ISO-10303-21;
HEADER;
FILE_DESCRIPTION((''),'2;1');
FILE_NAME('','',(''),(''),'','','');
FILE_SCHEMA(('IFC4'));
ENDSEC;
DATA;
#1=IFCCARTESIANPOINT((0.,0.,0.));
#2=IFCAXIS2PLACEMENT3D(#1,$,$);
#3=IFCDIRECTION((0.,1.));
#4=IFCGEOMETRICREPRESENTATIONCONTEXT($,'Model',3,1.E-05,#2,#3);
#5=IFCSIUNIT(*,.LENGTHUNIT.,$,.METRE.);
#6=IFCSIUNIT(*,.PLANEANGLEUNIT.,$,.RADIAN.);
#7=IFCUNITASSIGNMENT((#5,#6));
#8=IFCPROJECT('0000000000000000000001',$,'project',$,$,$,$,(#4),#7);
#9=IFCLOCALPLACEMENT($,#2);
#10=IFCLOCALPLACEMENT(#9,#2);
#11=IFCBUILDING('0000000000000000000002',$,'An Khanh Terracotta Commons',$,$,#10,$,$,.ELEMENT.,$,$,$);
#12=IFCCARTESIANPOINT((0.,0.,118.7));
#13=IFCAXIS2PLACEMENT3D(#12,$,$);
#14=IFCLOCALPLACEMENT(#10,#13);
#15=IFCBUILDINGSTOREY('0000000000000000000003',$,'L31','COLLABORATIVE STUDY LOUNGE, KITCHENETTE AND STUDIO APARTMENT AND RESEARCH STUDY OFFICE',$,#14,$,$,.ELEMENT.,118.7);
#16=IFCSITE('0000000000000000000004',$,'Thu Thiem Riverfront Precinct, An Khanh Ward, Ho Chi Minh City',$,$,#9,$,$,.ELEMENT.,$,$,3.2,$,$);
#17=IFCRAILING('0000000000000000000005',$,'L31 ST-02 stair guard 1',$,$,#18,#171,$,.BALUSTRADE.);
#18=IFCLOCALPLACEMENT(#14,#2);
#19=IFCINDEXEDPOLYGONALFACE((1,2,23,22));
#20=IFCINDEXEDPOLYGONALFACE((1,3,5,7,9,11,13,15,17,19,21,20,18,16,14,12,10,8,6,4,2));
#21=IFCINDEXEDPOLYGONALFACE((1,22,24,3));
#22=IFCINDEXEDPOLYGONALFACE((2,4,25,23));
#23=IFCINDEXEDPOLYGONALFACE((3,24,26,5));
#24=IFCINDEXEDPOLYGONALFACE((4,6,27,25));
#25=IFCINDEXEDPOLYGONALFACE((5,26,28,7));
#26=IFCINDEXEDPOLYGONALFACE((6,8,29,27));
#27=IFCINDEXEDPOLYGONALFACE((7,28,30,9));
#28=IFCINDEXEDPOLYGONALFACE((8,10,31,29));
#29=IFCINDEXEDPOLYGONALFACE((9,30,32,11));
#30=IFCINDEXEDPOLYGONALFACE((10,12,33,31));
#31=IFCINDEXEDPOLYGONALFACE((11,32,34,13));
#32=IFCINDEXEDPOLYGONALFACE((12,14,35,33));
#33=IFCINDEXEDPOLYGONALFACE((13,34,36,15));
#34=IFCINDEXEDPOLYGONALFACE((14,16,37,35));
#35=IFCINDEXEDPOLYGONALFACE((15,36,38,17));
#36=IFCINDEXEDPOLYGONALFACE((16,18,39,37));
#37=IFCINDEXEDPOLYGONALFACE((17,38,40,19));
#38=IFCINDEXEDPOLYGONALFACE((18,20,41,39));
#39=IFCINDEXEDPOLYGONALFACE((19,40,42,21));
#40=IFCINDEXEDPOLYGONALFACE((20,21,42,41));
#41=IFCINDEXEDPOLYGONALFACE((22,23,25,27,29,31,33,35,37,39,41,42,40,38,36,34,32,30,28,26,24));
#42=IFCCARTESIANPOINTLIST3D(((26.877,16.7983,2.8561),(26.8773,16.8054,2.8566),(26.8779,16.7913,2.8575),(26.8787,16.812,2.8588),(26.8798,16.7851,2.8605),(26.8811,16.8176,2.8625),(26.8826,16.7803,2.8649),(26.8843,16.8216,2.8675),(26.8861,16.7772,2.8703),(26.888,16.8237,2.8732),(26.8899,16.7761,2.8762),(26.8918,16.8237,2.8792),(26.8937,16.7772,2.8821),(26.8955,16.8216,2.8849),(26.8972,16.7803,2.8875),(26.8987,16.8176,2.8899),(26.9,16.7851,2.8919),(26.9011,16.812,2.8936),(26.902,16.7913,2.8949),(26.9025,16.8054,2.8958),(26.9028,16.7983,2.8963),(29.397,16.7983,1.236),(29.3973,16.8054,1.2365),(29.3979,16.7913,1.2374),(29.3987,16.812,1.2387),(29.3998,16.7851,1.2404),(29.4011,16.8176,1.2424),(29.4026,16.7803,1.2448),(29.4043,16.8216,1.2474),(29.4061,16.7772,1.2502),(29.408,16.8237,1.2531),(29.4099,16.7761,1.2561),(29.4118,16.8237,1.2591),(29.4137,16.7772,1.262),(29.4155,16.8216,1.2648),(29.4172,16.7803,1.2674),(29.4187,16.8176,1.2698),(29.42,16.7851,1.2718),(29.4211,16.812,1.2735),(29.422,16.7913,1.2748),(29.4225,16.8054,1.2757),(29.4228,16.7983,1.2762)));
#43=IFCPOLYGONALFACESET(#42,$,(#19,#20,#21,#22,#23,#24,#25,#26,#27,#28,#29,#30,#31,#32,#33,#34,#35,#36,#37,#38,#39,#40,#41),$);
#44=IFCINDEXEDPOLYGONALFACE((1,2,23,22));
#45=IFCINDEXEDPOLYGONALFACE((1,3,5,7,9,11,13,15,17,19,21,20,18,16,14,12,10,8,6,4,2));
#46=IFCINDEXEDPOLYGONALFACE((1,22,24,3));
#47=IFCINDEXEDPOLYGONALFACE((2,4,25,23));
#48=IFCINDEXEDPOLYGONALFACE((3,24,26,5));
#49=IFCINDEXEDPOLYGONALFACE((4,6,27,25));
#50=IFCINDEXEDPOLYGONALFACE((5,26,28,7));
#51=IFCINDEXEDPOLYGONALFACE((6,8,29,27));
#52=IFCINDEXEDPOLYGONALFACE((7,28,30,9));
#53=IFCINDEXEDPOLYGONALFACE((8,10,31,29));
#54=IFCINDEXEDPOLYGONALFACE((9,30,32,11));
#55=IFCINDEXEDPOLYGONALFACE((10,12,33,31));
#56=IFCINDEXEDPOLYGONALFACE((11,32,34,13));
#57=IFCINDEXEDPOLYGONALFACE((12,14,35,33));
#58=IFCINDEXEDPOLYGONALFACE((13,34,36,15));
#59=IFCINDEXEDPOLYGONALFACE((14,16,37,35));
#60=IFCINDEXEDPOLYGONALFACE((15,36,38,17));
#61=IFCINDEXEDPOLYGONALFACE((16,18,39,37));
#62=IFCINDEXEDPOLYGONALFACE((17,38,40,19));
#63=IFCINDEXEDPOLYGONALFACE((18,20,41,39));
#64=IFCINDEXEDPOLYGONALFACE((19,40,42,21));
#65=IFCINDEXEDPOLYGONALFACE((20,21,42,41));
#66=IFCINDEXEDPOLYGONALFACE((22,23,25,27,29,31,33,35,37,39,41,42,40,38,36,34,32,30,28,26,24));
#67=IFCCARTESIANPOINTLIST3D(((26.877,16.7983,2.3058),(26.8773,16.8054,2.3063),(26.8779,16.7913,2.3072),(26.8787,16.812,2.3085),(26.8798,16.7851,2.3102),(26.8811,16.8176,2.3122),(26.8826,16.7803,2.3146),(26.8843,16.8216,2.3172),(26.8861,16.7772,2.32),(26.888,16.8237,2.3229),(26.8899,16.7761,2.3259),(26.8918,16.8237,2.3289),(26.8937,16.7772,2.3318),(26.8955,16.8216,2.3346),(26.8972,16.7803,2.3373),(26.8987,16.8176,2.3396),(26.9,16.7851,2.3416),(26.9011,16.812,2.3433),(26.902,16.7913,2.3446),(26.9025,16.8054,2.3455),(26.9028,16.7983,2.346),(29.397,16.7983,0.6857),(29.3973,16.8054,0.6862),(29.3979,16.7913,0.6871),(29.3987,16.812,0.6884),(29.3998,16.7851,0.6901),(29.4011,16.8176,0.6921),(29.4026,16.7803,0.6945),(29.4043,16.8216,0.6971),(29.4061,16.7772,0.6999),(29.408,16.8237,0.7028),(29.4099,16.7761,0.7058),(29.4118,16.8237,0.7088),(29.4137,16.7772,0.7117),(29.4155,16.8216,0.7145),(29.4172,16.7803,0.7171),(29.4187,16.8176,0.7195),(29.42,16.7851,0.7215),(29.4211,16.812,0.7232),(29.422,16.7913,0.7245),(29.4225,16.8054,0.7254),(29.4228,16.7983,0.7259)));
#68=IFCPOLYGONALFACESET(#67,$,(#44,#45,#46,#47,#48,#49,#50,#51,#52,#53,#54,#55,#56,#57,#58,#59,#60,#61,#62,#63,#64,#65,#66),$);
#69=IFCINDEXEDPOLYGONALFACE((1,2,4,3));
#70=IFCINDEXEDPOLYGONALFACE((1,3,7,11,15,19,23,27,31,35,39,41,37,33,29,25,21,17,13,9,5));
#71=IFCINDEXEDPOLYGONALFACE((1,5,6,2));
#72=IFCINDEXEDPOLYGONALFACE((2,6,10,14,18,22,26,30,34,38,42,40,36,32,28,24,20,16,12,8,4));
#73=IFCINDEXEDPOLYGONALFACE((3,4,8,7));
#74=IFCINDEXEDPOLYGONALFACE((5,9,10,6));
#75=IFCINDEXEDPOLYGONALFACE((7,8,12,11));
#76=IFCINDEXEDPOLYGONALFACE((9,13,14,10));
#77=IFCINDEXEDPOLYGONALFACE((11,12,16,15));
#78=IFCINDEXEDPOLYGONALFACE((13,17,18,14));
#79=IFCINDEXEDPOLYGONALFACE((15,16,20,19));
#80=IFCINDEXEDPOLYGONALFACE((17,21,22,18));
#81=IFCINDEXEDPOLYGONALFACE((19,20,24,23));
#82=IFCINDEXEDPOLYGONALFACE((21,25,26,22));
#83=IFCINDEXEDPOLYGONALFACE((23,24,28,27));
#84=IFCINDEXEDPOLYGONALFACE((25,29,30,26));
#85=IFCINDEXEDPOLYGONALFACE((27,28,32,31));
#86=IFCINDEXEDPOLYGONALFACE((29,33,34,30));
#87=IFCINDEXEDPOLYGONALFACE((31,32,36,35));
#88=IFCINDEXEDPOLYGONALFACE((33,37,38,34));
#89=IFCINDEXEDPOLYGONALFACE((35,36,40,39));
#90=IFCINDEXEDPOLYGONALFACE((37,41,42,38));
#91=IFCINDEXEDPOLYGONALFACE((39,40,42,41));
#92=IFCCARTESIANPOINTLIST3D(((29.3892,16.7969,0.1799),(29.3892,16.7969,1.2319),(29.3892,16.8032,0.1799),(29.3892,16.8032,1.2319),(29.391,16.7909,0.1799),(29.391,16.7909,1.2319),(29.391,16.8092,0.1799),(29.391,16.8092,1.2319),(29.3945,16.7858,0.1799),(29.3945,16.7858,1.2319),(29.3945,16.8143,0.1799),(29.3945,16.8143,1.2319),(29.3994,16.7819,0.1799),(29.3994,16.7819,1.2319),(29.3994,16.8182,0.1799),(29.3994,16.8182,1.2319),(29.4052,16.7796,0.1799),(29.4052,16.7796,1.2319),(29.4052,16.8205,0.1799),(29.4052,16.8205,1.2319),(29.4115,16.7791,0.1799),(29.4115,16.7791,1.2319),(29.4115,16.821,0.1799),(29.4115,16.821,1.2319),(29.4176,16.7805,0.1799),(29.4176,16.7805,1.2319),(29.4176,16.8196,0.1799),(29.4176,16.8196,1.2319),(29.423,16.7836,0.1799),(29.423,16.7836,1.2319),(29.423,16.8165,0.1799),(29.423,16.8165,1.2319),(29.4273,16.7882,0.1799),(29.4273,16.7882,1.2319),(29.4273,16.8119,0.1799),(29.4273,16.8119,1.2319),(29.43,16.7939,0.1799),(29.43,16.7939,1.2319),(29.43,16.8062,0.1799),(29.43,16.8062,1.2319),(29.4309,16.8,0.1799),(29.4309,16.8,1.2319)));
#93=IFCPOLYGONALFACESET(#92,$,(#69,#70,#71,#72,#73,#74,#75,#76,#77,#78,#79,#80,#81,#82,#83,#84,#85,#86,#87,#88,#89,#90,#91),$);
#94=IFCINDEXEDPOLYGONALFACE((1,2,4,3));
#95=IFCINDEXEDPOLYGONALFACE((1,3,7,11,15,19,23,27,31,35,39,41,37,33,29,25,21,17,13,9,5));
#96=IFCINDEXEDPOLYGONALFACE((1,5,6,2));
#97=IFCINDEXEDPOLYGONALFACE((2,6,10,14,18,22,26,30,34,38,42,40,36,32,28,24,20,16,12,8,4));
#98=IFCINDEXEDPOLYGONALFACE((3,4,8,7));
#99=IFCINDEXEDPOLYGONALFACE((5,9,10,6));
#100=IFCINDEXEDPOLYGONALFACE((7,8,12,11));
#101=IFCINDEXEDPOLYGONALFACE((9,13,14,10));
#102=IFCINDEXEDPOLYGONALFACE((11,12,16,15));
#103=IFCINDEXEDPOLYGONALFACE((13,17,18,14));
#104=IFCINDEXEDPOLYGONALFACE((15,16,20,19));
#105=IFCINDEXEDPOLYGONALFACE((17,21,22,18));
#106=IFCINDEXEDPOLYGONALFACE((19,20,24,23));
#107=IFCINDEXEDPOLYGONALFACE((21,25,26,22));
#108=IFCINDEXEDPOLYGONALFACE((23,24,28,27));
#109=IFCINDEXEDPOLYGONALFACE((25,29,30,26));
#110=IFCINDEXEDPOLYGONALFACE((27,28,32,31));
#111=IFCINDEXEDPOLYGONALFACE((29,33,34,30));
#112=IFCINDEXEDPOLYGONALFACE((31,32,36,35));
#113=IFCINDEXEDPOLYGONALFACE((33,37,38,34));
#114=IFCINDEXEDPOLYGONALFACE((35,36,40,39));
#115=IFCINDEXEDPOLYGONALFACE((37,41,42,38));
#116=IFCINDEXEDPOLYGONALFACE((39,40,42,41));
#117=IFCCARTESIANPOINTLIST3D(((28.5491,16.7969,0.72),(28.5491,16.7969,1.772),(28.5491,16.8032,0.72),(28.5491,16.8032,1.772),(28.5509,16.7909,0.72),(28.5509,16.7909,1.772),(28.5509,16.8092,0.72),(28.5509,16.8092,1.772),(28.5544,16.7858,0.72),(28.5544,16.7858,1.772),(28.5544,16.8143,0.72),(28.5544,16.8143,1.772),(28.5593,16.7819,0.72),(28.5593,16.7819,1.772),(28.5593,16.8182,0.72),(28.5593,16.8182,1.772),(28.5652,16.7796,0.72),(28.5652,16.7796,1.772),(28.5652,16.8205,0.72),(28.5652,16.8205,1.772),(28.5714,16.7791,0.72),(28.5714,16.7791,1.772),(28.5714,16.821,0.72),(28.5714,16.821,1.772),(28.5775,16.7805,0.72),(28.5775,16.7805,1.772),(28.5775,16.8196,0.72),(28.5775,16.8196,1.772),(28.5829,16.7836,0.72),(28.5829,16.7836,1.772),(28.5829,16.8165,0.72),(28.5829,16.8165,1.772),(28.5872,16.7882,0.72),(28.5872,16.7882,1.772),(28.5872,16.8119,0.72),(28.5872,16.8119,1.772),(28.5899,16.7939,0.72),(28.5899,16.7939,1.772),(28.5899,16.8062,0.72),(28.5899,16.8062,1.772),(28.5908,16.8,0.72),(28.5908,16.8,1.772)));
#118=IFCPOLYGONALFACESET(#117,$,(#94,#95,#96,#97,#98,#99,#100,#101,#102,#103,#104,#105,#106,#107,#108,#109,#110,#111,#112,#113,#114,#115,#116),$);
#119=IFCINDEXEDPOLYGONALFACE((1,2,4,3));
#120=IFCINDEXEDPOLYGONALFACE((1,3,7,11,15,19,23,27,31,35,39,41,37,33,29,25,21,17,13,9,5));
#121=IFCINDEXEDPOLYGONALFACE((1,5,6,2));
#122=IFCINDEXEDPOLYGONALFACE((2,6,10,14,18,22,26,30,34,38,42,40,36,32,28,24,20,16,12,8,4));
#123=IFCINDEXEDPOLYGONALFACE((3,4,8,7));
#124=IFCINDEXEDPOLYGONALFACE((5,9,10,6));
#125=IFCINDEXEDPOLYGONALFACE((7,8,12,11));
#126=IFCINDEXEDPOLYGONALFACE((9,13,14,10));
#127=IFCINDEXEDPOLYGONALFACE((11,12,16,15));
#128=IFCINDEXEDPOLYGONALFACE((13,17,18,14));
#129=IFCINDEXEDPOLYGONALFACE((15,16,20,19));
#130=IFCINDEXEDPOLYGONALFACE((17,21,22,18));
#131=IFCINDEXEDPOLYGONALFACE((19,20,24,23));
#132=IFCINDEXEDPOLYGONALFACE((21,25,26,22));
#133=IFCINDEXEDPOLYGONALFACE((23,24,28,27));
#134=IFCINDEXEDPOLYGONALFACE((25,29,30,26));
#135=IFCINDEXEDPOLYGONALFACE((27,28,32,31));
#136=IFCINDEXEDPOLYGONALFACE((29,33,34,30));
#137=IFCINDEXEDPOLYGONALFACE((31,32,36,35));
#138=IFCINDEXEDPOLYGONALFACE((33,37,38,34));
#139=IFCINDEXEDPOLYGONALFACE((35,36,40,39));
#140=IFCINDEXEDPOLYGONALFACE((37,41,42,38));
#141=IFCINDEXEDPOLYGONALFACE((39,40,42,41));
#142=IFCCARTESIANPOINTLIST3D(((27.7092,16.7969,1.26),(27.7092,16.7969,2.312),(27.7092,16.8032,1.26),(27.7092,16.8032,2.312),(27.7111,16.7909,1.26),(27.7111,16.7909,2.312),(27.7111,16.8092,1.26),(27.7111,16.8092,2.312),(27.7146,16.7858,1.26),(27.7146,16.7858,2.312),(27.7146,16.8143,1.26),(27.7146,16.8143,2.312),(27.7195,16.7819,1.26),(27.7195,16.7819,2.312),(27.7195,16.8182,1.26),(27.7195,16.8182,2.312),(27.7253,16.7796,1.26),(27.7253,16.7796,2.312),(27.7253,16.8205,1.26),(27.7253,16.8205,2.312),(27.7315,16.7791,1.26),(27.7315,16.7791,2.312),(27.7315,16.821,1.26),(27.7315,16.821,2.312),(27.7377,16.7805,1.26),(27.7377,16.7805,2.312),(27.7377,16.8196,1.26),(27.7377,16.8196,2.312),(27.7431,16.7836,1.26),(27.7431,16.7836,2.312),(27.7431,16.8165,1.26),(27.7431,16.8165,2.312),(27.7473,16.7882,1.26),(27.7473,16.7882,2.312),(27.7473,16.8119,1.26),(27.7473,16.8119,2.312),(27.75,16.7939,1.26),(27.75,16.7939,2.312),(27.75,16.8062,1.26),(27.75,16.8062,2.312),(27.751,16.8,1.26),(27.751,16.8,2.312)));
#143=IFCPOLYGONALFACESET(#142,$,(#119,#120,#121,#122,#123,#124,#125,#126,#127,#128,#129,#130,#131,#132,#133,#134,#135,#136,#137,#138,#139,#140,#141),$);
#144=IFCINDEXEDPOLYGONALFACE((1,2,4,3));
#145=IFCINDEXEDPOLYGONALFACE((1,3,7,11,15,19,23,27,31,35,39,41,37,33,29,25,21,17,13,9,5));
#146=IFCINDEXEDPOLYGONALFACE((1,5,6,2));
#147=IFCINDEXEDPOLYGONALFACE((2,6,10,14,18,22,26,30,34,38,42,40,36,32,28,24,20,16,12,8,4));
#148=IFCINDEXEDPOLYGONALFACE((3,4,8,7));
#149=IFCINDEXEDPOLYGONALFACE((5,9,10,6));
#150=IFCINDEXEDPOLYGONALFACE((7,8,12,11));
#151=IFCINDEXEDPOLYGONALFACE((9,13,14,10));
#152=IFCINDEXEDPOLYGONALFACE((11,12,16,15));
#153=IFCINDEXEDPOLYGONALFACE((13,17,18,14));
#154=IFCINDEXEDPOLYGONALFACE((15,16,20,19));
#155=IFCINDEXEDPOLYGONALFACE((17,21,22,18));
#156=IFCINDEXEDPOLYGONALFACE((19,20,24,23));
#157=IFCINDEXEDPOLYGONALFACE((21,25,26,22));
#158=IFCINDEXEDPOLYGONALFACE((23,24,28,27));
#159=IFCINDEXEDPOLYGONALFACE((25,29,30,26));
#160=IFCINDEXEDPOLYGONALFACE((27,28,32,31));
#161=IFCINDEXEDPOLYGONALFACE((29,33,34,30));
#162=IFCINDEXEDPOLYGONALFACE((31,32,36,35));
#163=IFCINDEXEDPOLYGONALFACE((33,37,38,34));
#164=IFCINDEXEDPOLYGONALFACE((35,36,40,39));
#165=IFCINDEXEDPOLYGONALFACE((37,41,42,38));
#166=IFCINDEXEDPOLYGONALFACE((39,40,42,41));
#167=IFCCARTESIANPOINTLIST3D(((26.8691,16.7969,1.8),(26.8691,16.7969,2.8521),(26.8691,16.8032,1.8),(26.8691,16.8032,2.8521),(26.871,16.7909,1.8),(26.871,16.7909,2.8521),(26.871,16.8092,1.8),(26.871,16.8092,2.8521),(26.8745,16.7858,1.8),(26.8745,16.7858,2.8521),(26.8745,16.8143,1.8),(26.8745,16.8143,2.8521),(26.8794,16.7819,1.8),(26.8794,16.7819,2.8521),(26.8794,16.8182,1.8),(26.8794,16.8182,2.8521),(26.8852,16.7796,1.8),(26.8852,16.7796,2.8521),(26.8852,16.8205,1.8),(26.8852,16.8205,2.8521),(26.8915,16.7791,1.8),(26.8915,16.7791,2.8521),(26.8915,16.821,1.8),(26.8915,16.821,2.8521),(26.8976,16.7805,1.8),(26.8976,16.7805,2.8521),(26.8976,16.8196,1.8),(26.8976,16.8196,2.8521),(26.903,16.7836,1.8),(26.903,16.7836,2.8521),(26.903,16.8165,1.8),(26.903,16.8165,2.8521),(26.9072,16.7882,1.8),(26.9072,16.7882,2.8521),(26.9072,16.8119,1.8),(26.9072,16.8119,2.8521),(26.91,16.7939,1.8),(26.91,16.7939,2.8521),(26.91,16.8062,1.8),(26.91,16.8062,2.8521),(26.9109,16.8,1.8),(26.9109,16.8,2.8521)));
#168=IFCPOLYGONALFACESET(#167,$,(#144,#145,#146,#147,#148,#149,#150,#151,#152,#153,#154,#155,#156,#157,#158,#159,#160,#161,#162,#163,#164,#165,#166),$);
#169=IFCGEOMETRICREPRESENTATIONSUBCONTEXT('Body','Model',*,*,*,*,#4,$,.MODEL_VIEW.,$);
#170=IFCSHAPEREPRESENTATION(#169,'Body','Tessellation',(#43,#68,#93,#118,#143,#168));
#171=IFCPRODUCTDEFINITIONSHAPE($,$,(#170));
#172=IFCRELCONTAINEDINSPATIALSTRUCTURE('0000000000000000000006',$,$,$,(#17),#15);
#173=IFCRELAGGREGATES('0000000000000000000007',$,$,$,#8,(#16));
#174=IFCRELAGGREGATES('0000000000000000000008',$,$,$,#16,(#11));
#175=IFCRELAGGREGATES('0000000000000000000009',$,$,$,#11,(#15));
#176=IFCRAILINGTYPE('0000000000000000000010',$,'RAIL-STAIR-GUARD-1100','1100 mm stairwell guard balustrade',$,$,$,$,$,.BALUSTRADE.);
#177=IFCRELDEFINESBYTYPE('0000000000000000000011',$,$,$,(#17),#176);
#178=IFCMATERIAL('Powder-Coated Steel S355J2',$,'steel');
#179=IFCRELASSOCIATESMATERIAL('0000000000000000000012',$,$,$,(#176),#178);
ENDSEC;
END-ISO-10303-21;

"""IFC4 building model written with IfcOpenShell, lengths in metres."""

from ifc_helpers import new_model, si_unit, direction, frame, origin, origin_2d, place, context, subcontext, project, spatial, circle, extrude, material, type_object, element, save


model = new_model("IFC4")

# Units and contexts
model_context = context("Model", 3, precision=1e-05, world=origin(), true_north=direction((0.0, 1.0)))
body_context = subcontext(model_context, "Body", "Model", "MODEL_VIEW")
ifc_project = project(units=[si_unit("LENGTHUNIT", "METRE"), si_unit("PLANEANGLEUNIT", "RADIAN")], contexts=[model_context])

# Site, building, storey
site_placement = place(None, origin())
site = spatial("IfcSite", under=ifc_project, at=site_placement, Name="Thu Thiem Riverfront Precinct, An Khanh Ward, Ho Chi Minh City", CompositionType="ELEMENT", RefElevation=3.2)
building_placement = place(site_placement, origin())
building = spatial("IfcBuilding", under=site, at=building_placement, Name="An Khanh Terracotta Commons", CompositionType="ELEMENT")
storey_placement = place(building_placement, frame((0.0, 0.0, 118.7)))
storey = spatial("IfcBuildingStorey", under=building, at=storey_placement, Name="L31", Description="COLLABORATIVE STUDY LOUNGE, KITCHENETTE AND STUDIO APARTMENT AND RESEARCH STUDY OFFICE", CompositionType="ELEMENT", Elevation=118.7)

# Railing
ifc_material_1 = material(Name="Powder-Coated Steel S355J2", Category="steel")
railing_type_1 = type_object("IfcRailingType", Name="RAIL-STAIR-GUARD-1100", Description="1100 mm stairwell guard balustrade", PredefinedType="BALUSTRADE", material=ifc_material_1)
railing_1_placement = place(storey_placement, frame((29.4099, 16.8, 0.1799)))
element("IfcRailing", 1, at=railing_1_placement, inside=storey, type_object=railing_type_1, Name="L31 ST-02 stair guard 1", PredefinedType="BALUSTRADE", context=body_context, shape_type="SweptSolid", body=[
    extrude(circle(Radius=0.0239, at=origin_2d()), frame((0.0, 0.0, 1.0762), z_axis=(-0.841163, 0.0, 0.540782), x_axis=(0.0, -1.0, 0.0)), (0.0, 0.0, 1.0), 2.9958),
    extrude(circle(Radius=0.0239, at=origin_2d()), frame((0.0, 0.0, 0.5259), z_axis=(-0.841163, 0.0, 0.540782), x_axis=(0.0, -1.0, 0.0)), (0.0, 0.0, 1.0), 2.9958),
    extrude(circle(Radius=0.021, at=origin_2d()), origin(), (0.0, 0.0, 1.0), 1.052),
    extrude(circle(Radius=0.021, at=origin_2d()), frame((-0.8401, 0.0, 0.54)), (0.0, 0.0, 1.0), 1.052),
    extrude(circle(Radius=0.021, at=origin_2d()), frame((-1.6799, 0.0, 1.0801)), (0.0, 0.0, 1.0), 1.052),
    extrude(circle(Radius=0.021, at=origin_2d()), frame((-2.52, 0.0, 1.6201)), (0.0, 0.0, 1.0), 1.052),
])

save(model, "model.ifc")
